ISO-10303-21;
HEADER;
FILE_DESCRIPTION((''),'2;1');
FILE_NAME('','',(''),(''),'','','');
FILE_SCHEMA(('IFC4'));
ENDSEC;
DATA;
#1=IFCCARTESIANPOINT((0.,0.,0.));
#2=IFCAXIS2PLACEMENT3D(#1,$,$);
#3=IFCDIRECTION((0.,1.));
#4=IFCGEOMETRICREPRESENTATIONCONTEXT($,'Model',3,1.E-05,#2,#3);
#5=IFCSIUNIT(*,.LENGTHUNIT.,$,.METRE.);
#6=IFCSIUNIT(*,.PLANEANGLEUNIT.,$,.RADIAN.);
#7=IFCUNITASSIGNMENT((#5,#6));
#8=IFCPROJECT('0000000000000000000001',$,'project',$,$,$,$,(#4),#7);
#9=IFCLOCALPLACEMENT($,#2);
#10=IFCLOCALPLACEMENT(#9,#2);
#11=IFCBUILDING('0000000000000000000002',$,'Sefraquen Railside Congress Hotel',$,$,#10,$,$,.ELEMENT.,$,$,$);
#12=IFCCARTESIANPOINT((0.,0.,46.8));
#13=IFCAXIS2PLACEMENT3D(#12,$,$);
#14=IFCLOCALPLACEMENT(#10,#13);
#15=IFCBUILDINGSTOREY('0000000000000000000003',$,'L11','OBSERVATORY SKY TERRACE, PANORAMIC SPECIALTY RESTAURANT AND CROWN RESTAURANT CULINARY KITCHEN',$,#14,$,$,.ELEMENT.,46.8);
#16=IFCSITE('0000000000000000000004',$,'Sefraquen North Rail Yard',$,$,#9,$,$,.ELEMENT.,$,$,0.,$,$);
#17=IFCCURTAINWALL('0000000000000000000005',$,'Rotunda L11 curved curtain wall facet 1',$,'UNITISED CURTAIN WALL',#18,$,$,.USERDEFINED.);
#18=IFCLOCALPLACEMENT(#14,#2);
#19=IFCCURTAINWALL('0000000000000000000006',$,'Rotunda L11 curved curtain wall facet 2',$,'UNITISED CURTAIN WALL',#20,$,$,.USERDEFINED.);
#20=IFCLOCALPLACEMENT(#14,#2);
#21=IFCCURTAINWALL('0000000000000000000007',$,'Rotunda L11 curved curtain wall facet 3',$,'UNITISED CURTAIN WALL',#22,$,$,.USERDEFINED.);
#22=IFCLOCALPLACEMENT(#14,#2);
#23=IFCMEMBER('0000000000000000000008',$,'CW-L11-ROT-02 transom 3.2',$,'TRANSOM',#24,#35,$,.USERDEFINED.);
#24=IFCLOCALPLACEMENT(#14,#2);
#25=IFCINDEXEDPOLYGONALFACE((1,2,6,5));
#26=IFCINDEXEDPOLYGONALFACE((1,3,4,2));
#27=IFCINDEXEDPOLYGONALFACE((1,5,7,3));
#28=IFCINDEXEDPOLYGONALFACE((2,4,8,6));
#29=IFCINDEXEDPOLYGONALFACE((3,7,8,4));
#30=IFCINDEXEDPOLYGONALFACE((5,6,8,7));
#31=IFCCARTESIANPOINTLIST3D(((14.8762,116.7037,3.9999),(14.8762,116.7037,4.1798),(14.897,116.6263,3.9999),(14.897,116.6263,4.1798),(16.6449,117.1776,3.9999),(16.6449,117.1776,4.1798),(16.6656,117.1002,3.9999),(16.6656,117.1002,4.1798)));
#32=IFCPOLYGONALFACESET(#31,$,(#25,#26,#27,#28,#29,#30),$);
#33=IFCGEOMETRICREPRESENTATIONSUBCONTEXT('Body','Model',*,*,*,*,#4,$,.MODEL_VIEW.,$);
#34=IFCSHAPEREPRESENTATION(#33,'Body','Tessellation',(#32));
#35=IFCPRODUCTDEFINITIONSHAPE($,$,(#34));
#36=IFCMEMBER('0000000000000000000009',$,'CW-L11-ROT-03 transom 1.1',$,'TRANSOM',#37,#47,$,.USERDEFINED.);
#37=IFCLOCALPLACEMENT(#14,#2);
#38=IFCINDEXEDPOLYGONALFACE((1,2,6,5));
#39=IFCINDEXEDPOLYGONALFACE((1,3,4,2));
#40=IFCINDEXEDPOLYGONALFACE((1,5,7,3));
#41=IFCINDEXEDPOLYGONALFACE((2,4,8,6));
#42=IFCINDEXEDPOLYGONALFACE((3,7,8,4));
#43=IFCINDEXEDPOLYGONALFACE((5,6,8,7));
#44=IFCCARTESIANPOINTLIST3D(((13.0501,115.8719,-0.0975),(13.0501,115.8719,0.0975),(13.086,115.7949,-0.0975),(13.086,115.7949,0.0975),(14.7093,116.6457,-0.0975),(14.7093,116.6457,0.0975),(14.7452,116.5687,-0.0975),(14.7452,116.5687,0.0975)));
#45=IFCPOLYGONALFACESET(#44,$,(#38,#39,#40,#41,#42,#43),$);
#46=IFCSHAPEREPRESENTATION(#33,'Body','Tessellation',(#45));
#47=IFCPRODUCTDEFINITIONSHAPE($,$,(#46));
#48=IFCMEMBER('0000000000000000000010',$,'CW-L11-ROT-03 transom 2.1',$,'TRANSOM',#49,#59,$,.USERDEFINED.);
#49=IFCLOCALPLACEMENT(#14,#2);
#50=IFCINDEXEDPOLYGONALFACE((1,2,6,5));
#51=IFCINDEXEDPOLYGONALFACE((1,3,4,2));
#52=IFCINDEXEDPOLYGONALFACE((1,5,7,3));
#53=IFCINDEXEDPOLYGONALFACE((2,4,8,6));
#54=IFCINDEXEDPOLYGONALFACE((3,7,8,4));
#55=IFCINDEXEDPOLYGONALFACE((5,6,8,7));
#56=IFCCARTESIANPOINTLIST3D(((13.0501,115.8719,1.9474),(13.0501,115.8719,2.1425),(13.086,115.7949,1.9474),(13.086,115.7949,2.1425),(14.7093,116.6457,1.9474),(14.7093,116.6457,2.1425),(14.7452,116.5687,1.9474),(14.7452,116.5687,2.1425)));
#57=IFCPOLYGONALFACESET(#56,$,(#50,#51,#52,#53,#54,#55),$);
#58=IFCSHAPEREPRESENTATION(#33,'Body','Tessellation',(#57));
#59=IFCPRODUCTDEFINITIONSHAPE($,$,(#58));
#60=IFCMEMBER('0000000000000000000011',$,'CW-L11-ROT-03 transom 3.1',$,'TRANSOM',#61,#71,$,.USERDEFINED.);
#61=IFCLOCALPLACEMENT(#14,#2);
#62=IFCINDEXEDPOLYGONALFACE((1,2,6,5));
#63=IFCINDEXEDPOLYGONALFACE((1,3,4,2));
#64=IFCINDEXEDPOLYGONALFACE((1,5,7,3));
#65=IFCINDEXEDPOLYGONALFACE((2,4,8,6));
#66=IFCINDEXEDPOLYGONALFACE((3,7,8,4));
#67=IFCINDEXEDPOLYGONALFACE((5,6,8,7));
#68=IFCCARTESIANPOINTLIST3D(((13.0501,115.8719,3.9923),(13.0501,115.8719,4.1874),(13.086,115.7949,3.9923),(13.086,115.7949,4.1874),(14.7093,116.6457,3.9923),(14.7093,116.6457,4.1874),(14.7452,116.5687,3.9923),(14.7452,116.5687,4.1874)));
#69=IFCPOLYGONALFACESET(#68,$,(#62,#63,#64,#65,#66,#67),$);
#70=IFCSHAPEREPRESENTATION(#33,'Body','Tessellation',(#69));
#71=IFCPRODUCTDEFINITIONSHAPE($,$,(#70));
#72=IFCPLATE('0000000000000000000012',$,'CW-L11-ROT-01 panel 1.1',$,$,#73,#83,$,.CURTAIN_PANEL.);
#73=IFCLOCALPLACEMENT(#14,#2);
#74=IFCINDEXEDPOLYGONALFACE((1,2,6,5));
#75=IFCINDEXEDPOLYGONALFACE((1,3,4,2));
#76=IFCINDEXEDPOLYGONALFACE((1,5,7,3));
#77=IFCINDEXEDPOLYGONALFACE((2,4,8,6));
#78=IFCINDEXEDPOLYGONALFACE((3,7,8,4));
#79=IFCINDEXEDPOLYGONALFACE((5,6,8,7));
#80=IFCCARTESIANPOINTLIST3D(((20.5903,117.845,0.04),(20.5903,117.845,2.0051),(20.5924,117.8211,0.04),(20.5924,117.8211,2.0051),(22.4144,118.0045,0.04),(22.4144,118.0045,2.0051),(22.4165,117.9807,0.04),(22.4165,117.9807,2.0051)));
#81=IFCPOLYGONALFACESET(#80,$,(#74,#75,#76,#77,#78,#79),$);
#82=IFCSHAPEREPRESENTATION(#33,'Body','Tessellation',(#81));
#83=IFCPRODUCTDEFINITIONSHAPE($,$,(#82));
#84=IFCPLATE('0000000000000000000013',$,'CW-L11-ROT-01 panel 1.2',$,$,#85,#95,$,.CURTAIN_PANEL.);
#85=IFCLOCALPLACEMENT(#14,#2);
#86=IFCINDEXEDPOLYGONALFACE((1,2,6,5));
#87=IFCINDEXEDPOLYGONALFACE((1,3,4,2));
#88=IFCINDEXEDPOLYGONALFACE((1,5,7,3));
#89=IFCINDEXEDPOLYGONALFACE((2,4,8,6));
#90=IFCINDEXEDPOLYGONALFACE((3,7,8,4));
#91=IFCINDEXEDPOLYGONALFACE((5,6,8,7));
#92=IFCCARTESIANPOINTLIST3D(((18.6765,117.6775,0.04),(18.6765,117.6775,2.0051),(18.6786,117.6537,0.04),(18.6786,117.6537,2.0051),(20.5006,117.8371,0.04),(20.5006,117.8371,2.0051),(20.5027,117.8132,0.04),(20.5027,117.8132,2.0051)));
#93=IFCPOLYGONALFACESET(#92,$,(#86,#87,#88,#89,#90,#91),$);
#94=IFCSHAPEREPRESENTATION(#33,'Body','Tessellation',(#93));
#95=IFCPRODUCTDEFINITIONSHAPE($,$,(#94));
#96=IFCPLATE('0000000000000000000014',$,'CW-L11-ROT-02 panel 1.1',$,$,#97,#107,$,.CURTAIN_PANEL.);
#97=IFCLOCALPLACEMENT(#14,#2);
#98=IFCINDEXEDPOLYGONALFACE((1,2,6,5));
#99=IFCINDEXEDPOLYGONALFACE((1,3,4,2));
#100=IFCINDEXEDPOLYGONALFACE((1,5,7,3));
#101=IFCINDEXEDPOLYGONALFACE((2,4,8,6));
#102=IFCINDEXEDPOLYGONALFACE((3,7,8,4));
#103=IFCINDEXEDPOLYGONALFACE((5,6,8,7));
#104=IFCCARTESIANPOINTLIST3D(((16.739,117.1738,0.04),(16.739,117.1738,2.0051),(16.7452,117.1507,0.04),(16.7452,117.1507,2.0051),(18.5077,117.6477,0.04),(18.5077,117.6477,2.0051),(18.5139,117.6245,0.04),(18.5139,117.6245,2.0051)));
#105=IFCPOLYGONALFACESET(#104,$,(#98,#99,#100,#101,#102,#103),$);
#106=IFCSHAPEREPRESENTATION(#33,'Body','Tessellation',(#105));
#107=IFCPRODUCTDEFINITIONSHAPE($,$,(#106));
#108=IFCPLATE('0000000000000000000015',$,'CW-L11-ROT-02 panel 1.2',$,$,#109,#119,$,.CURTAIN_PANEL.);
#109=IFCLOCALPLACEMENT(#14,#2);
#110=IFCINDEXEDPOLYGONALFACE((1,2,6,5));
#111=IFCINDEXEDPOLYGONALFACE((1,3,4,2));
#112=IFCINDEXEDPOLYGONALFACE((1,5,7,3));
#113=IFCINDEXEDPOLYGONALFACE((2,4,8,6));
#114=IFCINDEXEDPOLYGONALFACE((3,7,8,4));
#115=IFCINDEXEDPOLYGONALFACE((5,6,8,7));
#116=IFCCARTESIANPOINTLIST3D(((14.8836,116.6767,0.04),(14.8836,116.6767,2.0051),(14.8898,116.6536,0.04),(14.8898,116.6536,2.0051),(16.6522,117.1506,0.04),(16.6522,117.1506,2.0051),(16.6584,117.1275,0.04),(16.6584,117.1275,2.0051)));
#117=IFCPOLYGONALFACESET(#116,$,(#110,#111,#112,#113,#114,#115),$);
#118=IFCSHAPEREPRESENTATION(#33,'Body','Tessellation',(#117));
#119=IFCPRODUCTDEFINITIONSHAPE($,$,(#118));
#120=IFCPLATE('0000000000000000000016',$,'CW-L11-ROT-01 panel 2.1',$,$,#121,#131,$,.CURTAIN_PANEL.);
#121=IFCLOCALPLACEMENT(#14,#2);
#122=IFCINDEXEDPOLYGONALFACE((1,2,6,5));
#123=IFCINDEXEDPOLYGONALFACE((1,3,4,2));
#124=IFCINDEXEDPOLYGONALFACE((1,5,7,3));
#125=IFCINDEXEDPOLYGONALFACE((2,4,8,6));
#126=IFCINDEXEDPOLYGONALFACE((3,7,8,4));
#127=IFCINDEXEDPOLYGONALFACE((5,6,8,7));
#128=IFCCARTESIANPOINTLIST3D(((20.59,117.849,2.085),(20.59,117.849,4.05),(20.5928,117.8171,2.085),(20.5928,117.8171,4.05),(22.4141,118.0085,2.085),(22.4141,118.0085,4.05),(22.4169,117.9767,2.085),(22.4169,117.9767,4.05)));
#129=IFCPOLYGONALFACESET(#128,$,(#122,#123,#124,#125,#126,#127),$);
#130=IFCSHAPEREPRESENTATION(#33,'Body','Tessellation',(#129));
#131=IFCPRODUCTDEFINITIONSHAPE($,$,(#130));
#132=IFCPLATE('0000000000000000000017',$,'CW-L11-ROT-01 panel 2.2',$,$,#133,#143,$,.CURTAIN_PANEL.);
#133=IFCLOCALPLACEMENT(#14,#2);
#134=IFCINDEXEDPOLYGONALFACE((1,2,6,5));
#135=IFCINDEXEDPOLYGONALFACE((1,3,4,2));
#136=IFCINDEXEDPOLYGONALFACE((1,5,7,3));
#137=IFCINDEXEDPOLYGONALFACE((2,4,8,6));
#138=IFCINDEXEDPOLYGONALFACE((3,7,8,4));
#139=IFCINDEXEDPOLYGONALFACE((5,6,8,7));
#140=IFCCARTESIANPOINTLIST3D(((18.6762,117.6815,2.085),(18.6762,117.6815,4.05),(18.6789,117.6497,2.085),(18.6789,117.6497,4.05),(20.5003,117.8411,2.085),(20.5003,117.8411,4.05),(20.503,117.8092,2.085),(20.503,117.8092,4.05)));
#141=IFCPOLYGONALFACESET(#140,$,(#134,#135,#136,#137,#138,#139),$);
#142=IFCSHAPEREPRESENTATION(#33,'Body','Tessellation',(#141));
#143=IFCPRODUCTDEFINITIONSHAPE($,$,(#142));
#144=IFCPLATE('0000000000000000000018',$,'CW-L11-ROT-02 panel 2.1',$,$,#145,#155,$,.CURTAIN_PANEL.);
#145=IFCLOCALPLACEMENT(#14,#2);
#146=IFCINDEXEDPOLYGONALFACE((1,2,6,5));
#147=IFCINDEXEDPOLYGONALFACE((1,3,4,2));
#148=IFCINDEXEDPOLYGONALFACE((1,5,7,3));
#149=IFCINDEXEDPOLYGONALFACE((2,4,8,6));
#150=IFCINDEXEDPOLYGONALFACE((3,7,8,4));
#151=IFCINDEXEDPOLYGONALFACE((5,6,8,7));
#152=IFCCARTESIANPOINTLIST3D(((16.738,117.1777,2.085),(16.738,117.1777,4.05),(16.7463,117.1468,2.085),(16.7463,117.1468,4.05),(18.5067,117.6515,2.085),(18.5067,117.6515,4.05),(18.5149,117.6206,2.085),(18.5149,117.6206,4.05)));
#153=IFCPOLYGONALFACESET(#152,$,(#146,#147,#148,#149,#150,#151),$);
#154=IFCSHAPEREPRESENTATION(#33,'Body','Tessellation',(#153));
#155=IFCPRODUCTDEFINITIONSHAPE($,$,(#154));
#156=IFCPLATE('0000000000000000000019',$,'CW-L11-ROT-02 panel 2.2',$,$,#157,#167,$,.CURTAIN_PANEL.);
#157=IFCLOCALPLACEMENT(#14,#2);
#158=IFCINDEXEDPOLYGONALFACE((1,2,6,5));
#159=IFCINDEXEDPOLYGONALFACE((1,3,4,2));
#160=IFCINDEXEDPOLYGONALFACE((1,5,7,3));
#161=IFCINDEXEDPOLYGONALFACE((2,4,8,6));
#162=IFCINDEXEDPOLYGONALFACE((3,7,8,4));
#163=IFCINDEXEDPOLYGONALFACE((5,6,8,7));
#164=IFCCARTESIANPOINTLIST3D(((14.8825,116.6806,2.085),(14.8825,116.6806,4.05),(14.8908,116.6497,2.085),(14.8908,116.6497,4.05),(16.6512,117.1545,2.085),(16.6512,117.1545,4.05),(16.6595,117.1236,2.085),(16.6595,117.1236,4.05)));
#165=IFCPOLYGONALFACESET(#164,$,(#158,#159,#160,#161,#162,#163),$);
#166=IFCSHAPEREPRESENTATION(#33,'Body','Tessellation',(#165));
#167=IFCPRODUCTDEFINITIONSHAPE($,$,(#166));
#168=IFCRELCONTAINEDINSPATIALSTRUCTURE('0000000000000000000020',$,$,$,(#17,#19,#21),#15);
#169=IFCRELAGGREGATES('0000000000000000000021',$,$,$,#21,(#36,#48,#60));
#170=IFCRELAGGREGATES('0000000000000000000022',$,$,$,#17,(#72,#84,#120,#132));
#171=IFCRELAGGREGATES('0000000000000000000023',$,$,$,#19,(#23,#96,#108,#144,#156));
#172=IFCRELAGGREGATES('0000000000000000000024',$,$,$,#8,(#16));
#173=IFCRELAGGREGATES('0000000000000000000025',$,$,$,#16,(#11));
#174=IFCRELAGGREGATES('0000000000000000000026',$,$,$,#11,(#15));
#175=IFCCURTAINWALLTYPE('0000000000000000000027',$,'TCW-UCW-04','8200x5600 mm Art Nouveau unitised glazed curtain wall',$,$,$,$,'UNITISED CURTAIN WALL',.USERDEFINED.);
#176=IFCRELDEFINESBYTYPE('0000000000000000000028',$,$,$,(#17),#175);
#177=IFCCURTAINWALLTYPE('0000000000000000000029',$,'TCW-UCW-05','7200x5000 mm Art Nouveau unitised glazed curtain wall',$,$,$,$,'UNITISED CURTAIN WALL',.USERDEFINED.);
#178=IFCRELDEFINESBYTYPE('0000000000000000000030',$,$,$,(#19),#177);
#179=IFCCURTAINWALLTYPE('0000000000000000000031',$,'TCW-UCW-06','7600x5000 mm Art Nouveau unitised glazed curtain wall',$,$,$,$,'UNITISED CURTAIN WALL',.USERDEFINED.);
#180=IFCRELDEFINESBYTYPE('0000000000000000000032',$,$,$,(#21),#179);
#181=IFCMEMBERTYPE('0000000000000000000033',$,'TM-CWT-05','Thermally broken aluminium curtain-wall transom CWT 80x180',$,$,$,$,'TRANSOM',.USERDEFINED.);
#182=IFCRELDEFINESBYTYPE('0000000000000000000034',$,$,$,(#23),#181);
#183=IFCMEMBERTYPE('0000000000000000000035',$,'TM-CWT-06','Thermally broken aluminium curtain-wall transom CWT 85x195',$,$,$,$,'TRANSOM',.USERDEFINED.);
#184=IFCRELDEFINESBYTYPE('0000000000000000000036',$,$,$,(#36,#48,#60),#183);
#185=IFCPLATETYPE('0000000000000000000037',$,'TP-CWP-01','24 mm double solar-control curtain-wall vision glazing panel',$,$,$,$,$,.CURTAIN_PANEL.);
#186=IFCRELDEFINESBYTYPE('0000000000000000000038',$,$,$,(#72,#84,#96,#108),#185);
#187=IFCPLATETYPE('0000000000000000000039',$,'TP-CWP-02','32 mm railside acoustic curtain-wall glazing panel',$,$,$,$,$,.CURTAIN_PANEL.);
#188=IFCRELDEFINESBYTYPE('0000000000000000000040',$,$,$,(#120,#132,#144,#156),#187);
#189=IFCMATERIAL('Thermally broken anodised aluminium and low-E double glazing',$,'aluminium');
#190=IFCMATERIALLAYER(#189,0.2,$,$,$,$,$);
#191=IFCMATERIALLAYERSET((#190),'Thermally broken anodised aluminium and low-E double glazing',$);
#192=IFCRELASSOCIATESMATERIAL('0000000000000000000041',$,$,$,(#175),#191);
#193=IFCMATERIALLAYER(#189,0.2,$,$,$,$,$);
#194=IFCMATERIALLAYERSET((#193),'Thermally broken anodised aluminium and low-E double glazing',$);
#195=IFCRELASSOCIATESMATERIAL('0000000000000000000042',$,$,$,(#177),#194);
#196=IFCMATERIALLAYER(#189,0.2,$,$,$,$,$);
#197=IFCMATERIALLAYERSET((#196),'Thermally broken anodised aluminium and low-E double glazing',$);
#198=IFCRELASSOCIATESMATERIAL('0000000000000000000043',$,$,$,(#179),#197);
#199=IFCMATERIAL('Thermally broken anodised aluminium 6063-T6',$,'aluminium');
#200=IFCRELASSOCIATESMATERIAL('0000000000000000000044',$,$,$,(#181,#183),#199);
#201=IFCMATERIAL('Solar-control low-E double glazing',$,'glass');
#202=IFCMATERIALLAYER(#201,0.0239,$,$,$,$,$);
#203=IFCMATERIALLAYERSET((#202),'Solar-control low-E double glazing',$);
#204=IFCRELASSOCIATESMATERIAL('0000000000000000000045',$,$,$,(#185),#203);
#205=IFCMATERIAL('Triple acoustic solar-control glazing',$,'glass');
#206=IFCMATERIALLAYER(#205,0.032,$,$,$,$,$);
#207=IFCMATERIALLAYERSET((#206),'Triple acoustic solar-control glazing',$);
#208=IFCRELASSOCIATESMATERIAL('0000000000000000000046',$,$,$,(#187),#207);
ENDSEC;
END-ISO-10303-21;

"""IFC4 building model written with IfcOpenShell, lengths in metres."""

from ifc_helpers import new_model, si_unit, direction, frame, origin, origin_2d, place, context, subcontext, project, spatial, rectangle, extrude, material, layer, layer_set, material_profile, profile_set, type_object, element, aggregate, save


model = new_model("IFC4")

# Units and contexts
model_context = context("Model", 3, precision=1e-05, world=origin(), true_north=direction((0.0, 1.0)))
body_context = subcontext(model_context, "Body", "Model", "MODEL_VIEW")
ifc_project = project(units=[si_unit("LENGTHUNIT", "METRE"), si_unit("PLANEANGLEUNIT", "RADIAN")], contexts=[model_context])

# Site, building, storey
site_placement = place(None, origin())
site = spatial("IfcSite", under=ifc_project, at=site_placement, Name="Sefraquen North Rail Yard", CompositionType="ELEMENT", RefElevation=0.0)
building_placement = place(site_placement, origin())
building = spatial("IfcBuilding", under=site, at=building_placement, Name="Sefraquen Railside Congress Hotel", CompositionType="ELEMENT")
storey_placement = place(building_placement, frame((0.0, 0.0, 46.8)))
storey = spatial("IfcBuildingStorey", under=building, at=storey_placement, Name="L11", Description="OBSERVATORY SKY TERRACE, PANORAMIC SPECIALTY RESTAURANT AND CROWN RESTAURANT CULINARY KITCHEN", CompositionType="ELEMENT", Elevation=46.8)

# Curtain walls
ifc_material_1 = material(Name="Thermally broken anodised aluminium and low-E double glazing", Category="aluminium")
ifc_layer_1 = layer(ifc_material_1, 0.2)
ifc_layer_set_1 = layer_set([ifc_layer_1], Name="Thermally broken anodised aluminium and low-E double glazing")
curtain_wall_type_1 = type_object("IfcCurtainWallType", Name="TCW-UCW-04", Description="8200x5600 mm Art Nouveau unitised glazed curtain wall", ElementType="UNITISED CURTAIN WALL", PredefinedType="USERDEFINED", material=ifc_layer_set_1)
curtain_wall_1_placement = place(storey_placement, origin())
curtain_wall_1 = element("IfcCurtainWall", 1, at=curtain_wall_1_placement, inside=storey, type_object=curtain_wall_type_1, Name="Rotunda L11 curved curtain wall facet 1", ObjectType="UNITISED CURTAIN WALL", PredefinedType="USERDEFINED")
ifc_material_2 = material(Name="Thermally broken anodised aluminium 6063-T6", Category="aluminium")
ifc_layer_2 = layer(ifc_material_1, 0.2)
ifc_layer_set_2 = layer_set([ifc_layer_2], Name="Thermally broken anodised aluminium and low-E double glazing")
curtain_wall_type_2 = type_object("IfcCurtainWallType", Name="TCW-UCW-05", Description="7200x5000 mm Art Nouveau unitised glazed curtain wall", ElementType="UNITISED CURTAIN WALL", PredefinedType="USERDEFINED", material=ifc_layer_set_2)
curtain_wall_2_placement = place(storey_placement, origin())
curtain_wall_2 = element("IfcCurtainWall", 2, at=curtain_wall_2_placement, inside=storey, type_object=curtain_wall_type_2, Name="Rotunda L11 curved curtain wall facet 2", ObjectType="UNITISED CURTAIN WALL", PredefinedType="USERDEFINED")

# Curtain wall
ifc_layer_3 = layer(ifc_material_1, 0.2)
ifc_layer_set_3 = layer_set([ifc_layer_3], Name="Thermally broken anodised aluminium and low-E double glazing")
curtain_wall_type_3 = type_object("IfcCurtainWallType", Name="TCW-UCW-06", Description="7600x5000 mm Art Nouveau unitised glazed curtain wall", ElementType="UNITISED CURTAIN WALL", PredefinedType="USERDEFINED", material=ifc_layer_set_3)
curtain_wall_3_placement = place(storey_placement, origin())
curtain_wall_3 = element("IfcCurtainWall", 3, at=curtain_wall_3_placement, inside=storey, type_object=curtain_wall_type_3, Name="Rotunda L11 curved curtain wall facet 3", ObjectType="UNITISED CURTAIN WALL", PredefinedType="USERDEFINED")

# Members
ifc_material_profile_1 = material_profile(ifc_material_2, rectangle(XDim=0.0801, YDim=0.1799, at=origin_2d()), Name="CWT 80x180")
ifc_profile_set_1 = profile_set([ifc_material_profile_1], Name="Thermally broken anodised aluminium 6063-T6")
member_type_1 = type_object("IfcMemberType", Name="TM-CWT-05", Description="Thermally broken aluminium curtain-wall transom CWT 80x180", ElementType="TRANSOM", PredefinedType="USERDEFINED", material=ifc_profile_set_1)
member_1_placement = place(storey_placement, frame((16.6553, 117.1389, 4.0898), z_axis=(-0.965927, -0.258816, 0.0), x_axis=(0.258816, -0.965927, 0.0)))
member_1 = element("IfcMember", 4, at=member_1_placement, type_object=member_type_1, Name="CW-L11-ROT-02 transom 3.2", ObjectType="TRANSOM", PredefinedType="USERDEFINED", context=body_context, shape_type="SweptSolid", body=[
    extrude(rectangle(XDim=0.0801, YDim=0.1799, at=origin_2d()), origin(), (0.0, 0.0, 1.0), 1.8311),
])
ifc_material_profile_2 = material_profile(ifc_material_2, rectangle(XDim=0.085, YDim=0.1951, at=origin_2d()), Name="CWT 85x195")
ifc_profile_set_2 = profile_set([ifc_material_profile_2], Name="Thermally broken anodised aluminium 6063-T6")
member_type_2 = type_object("IfcMemberType", Name="TM-CWT-06", Description="Thermally broken aluminium curtain-wall transom CWT 85x195", ElementType="TRANSOM", PredefinedType="USERDEFINED", material=ifc_profile_set_2)
member_2_placement = place(storey_placement, frame((14.7273, 116.6072, 0.0), z_axis=(-0.906309, -0.422615, 0.0), x_axis=(0.422615, -0.906309, 0.0)))
member_2 = element("IfcMember", 5, at=member_2_placement, type_object=member_type_2, Name="CW-L11-ROT-03 transom 1.1", ObjectType="TRANSOM", PredefinedType="USERDEFINED", context=body_context, shape_type="SweptSolid", body=[
    extrude(rectangle(XDim=0.085, YDim=0.1951, at=origin_2d()), origin(), (0.0, 0.0, 1.0), 1.8308),
])
member_3_placement = place(storey_placement, frame((14.7273, 116.6072, 2.0449), z_axis=(-0.906309, -0.422615, 0.0), x_axis=(0.422615, -0.906309, 0.0)))
member_3 = element("IfcMember", 6, at=member_3_placement, type_object=member_type_2, Name="CW-L11-ROT-03 transom 2.1", ObjectType="TRANSOM", PredefinedType="USERDEFINED", context=body_context, shape_type="SweptSolid", body=[
    extrude(rectangle(XDim=0.085, YDim=0.1951, at=origin_2d()), origin(), (0.0, 0.0, 1.0), 1.8308),
])
member_4_placement = place(storey_placement, frame((14.7273, 116.6072, 4.0898), z_axis=(-0.906309, -0.422615, 0.0), x_axis=(0.422615, -0.906309, 0.0)))
member_4 = element("IfcMember", 7, at=member_4_placement, type_object=member_type_2, Name="CW-L11-ROT-03 transom 3.1", ObjectType="TRANSOM", PredefinedType="USERDEFINED", context=body_context, shape_type="SweptSolid", body=[
    extrude(rectangle(XDim=0.085, YDim=0.1951, at=origin_2d()), origin(), (0.0, 0.0, 1.0), 1.8308),
])
aggregate(curtain_wall_3, [member_2, member_3, member_4])

# Plates
ifc_material_3 = material(Name="Solar-control low-E double glazing", Category="glass")
ifc_layer_4 = layer(ifc_material_3, 0.0239)
ifc_layer_set_4 = layer_set([ifc_layer_4], Name="Solar-control low-E double glazing")
plate_type_1 = type_object("IfcPlateType", Name="TP-CWP-01", Description="24 mm double solar-control curtain-wall vision glazing panel", PredefinedType="CURTAIN_PANEL", material=ifc_layer_set_4)
plate_1_placement = place(storey_placement, frame((21.5034, 117.9128, 0.04), z_axis=(0.0, 0.0, 1.0), x_axis=(-0.996196, -0.087138, 0.0)))
plate_1 = element("IfcPlate", 8, at=plate_1_placement, type_object=plate_type_1, Name="CW-L11-ROT-01 panel 1.1", PredefinedType="CURTAIN_PANEL", context=body_context, shape_type="SweptSolid", body=[
    extrude(rectangle(XDim=1.8311, YDim=0.0239, at=origin_2d()), origin(), (0.0, 0.0, 1.0), 1.9651),
])
plate_2_placement = place(storey_placement, frame((19.5896, 117.7454, 0.04), z_axis=(0.0, 0.0, 1.0), x_axis=(-0.996196, -0.087138, 0.0)))
plate_2 = element("IfcPlate", 9, at=plate_2_placement, type_object=plate_type_1, Name="CW-L11-ROT-01 panel 1.2", PredefinedType="CURTAIN_PANEL", context=body_context, shape_type="SweptSolid", body=[
    extrude(rectangle(XDim=1.8311, YDim=0.0239, at=origin_2d()), origin(), (0.0, 0.0, 1.0), 1.9651),
])
plate_3_placement = place(storey_placement, frame((17.6265, 117.3992, 0.04), z_axis=(0.0, 0.0, 1.0), x_axis=(-0.965935, -0.258785, 0.0)))
plate_3 = element("IfcPlate", 10, at=plate_3_placement, type_object=plate_type_1, Name="CW-L11-ROT-02 panel 1.1", PredefinedType="CURTAIN_PANEL", context=body_context, shape_type="SweptSolid", body=[
    extrude(rectangle(XDim=1.8311, YDim=0.0239, at=origin_2d()), origin(), (0.0, 0.0, 1.0), 1.9651),
])
plate_4_placement = place(storey_placement, frame((15.771, 116.9021, 0.04), z_axis=(0.0, 0.0, 1.0), x_axis=(-0.965935, -0.258785, 0.0)))
plate_4 = element("IfcPlate", 11, at=plate_4_placement, type_object=plate_type_1, Name="CW-L11-ROT-02 panel 1.2", PredefinedType="CURTAIN_PANEL", context=body_context, shape_type="SweptSolid", body=[
    extrude(rectangle(XDim=1.8311, YDim=0.0239, at=origin_2d()), origin(), (0.0, 0.0, 1.0), 1.9651),
])
ifc_material_4 = material(Name="Triple acoustic solar-control glazing", Category="glass")
ifc_layer_5 = layer(ifc_material_4, 0.032)
ifc_layer_set_5 = layer_set([ifc_layer_5], Name="Triple acoustic solar-control glazing")
plate_type_2 = type_object("IfcPlateType", Name="TP-CWP-02", Description="32 mm railside acoustic curtain-wall glazing panel", PredefinedType="CURTAIN_PANEL", material=ifc_layer_set_5)
plate_5_placement = place(storey_placement, frame((21.5034, 117.9128, 2.085), z_axis=(0.0, 0.0, 1.0), x_axis=(-0.996196, -0.087138, 0.0)))
plate_5 = element("IfcPlate", 12, at=plate_5_placement, type_object=plate_type_2, Name="CW-L11-ROT-01 panel 2.1", PredefinedType="CURTAIN_PANEL", context=body_context, shape_type="SweptSolid", body=[
    extrude(rectangle(XDim=1.8311, YDim=0.032, at=origin_2d()), origin(), (0.0, 0.0, 1.0), 1.9651),
])
plate_6_placement = place(storey_placement, frame((19.5896, 117.7454, 2.085), z_axis=(0.0, 0.0, 1.0), x_axis=(-0.996196, -0.087138, 0.0)))
plate_6 = element("IfcPlate", 13, at=plate_6_placement, type_object=plate_type_2, Name="CW-L11-ROT-01 panel 2.2", PredefinedType="CURTAIN_PANEL", context=body_context, shape_type="SweptSolid", body=[
    extrude(rectangle(XDim=1.8311, YDim=0.032, at=origin_2d()), origin(), (0.0, 0.0, 1.0), 1.9651),
])
aggregate(curtain_wall_1, [plate_1, plate_2, plate_5, plate_6])
plate_7_placement = place(storey_placement, frame((17.6265, 117.3992, 2.085), z_axis=(0.0, 0.0, 1.0), x_axis=(-0.965935, -0.258785, 0.0)))
plate_7 = element("IfcPlate", 14, at=plate_7_placement, type_object=plate_type_2, Name="CW-L11-ROT-02 panel 2.1", PredefinedType="CURTAIN_PANEL", context=body_context, shape_type="SweptSolid", body=[
    extrude(rectangle(XDim=1.8311, YDim=0.032, at=origin_2d()), origin(), (0.0, 0.0, 1.0), 1.9651),
])
plate_8_placement = place(storey_placement, frame((15.771, 116.9021, 2.085), z_axis=(0.0, 0.0, 1.0), x_axis=(-0.965935, -0.258785, 0.0)))
plate_8 = element("IfcPlate", 15, at=plate_8_placement, type_object=plate_type_2, Name="CW-L11-ROT-02 panel 2.2", PredefinedType="CURTAIN_PANEL", context=body_context, shape_type="SweptSolid", body=[
    extrude(rectangle(XDim=1.8311, YDim=0.032, at=origin_2d()), origin(), (0.0, 0.0, 1.0), 1.9651),
])
aggregate(curtain_wall_2, [member_1, plate_3, plate_4, plate_7, plate_8])

save(model, "model.ifc")
